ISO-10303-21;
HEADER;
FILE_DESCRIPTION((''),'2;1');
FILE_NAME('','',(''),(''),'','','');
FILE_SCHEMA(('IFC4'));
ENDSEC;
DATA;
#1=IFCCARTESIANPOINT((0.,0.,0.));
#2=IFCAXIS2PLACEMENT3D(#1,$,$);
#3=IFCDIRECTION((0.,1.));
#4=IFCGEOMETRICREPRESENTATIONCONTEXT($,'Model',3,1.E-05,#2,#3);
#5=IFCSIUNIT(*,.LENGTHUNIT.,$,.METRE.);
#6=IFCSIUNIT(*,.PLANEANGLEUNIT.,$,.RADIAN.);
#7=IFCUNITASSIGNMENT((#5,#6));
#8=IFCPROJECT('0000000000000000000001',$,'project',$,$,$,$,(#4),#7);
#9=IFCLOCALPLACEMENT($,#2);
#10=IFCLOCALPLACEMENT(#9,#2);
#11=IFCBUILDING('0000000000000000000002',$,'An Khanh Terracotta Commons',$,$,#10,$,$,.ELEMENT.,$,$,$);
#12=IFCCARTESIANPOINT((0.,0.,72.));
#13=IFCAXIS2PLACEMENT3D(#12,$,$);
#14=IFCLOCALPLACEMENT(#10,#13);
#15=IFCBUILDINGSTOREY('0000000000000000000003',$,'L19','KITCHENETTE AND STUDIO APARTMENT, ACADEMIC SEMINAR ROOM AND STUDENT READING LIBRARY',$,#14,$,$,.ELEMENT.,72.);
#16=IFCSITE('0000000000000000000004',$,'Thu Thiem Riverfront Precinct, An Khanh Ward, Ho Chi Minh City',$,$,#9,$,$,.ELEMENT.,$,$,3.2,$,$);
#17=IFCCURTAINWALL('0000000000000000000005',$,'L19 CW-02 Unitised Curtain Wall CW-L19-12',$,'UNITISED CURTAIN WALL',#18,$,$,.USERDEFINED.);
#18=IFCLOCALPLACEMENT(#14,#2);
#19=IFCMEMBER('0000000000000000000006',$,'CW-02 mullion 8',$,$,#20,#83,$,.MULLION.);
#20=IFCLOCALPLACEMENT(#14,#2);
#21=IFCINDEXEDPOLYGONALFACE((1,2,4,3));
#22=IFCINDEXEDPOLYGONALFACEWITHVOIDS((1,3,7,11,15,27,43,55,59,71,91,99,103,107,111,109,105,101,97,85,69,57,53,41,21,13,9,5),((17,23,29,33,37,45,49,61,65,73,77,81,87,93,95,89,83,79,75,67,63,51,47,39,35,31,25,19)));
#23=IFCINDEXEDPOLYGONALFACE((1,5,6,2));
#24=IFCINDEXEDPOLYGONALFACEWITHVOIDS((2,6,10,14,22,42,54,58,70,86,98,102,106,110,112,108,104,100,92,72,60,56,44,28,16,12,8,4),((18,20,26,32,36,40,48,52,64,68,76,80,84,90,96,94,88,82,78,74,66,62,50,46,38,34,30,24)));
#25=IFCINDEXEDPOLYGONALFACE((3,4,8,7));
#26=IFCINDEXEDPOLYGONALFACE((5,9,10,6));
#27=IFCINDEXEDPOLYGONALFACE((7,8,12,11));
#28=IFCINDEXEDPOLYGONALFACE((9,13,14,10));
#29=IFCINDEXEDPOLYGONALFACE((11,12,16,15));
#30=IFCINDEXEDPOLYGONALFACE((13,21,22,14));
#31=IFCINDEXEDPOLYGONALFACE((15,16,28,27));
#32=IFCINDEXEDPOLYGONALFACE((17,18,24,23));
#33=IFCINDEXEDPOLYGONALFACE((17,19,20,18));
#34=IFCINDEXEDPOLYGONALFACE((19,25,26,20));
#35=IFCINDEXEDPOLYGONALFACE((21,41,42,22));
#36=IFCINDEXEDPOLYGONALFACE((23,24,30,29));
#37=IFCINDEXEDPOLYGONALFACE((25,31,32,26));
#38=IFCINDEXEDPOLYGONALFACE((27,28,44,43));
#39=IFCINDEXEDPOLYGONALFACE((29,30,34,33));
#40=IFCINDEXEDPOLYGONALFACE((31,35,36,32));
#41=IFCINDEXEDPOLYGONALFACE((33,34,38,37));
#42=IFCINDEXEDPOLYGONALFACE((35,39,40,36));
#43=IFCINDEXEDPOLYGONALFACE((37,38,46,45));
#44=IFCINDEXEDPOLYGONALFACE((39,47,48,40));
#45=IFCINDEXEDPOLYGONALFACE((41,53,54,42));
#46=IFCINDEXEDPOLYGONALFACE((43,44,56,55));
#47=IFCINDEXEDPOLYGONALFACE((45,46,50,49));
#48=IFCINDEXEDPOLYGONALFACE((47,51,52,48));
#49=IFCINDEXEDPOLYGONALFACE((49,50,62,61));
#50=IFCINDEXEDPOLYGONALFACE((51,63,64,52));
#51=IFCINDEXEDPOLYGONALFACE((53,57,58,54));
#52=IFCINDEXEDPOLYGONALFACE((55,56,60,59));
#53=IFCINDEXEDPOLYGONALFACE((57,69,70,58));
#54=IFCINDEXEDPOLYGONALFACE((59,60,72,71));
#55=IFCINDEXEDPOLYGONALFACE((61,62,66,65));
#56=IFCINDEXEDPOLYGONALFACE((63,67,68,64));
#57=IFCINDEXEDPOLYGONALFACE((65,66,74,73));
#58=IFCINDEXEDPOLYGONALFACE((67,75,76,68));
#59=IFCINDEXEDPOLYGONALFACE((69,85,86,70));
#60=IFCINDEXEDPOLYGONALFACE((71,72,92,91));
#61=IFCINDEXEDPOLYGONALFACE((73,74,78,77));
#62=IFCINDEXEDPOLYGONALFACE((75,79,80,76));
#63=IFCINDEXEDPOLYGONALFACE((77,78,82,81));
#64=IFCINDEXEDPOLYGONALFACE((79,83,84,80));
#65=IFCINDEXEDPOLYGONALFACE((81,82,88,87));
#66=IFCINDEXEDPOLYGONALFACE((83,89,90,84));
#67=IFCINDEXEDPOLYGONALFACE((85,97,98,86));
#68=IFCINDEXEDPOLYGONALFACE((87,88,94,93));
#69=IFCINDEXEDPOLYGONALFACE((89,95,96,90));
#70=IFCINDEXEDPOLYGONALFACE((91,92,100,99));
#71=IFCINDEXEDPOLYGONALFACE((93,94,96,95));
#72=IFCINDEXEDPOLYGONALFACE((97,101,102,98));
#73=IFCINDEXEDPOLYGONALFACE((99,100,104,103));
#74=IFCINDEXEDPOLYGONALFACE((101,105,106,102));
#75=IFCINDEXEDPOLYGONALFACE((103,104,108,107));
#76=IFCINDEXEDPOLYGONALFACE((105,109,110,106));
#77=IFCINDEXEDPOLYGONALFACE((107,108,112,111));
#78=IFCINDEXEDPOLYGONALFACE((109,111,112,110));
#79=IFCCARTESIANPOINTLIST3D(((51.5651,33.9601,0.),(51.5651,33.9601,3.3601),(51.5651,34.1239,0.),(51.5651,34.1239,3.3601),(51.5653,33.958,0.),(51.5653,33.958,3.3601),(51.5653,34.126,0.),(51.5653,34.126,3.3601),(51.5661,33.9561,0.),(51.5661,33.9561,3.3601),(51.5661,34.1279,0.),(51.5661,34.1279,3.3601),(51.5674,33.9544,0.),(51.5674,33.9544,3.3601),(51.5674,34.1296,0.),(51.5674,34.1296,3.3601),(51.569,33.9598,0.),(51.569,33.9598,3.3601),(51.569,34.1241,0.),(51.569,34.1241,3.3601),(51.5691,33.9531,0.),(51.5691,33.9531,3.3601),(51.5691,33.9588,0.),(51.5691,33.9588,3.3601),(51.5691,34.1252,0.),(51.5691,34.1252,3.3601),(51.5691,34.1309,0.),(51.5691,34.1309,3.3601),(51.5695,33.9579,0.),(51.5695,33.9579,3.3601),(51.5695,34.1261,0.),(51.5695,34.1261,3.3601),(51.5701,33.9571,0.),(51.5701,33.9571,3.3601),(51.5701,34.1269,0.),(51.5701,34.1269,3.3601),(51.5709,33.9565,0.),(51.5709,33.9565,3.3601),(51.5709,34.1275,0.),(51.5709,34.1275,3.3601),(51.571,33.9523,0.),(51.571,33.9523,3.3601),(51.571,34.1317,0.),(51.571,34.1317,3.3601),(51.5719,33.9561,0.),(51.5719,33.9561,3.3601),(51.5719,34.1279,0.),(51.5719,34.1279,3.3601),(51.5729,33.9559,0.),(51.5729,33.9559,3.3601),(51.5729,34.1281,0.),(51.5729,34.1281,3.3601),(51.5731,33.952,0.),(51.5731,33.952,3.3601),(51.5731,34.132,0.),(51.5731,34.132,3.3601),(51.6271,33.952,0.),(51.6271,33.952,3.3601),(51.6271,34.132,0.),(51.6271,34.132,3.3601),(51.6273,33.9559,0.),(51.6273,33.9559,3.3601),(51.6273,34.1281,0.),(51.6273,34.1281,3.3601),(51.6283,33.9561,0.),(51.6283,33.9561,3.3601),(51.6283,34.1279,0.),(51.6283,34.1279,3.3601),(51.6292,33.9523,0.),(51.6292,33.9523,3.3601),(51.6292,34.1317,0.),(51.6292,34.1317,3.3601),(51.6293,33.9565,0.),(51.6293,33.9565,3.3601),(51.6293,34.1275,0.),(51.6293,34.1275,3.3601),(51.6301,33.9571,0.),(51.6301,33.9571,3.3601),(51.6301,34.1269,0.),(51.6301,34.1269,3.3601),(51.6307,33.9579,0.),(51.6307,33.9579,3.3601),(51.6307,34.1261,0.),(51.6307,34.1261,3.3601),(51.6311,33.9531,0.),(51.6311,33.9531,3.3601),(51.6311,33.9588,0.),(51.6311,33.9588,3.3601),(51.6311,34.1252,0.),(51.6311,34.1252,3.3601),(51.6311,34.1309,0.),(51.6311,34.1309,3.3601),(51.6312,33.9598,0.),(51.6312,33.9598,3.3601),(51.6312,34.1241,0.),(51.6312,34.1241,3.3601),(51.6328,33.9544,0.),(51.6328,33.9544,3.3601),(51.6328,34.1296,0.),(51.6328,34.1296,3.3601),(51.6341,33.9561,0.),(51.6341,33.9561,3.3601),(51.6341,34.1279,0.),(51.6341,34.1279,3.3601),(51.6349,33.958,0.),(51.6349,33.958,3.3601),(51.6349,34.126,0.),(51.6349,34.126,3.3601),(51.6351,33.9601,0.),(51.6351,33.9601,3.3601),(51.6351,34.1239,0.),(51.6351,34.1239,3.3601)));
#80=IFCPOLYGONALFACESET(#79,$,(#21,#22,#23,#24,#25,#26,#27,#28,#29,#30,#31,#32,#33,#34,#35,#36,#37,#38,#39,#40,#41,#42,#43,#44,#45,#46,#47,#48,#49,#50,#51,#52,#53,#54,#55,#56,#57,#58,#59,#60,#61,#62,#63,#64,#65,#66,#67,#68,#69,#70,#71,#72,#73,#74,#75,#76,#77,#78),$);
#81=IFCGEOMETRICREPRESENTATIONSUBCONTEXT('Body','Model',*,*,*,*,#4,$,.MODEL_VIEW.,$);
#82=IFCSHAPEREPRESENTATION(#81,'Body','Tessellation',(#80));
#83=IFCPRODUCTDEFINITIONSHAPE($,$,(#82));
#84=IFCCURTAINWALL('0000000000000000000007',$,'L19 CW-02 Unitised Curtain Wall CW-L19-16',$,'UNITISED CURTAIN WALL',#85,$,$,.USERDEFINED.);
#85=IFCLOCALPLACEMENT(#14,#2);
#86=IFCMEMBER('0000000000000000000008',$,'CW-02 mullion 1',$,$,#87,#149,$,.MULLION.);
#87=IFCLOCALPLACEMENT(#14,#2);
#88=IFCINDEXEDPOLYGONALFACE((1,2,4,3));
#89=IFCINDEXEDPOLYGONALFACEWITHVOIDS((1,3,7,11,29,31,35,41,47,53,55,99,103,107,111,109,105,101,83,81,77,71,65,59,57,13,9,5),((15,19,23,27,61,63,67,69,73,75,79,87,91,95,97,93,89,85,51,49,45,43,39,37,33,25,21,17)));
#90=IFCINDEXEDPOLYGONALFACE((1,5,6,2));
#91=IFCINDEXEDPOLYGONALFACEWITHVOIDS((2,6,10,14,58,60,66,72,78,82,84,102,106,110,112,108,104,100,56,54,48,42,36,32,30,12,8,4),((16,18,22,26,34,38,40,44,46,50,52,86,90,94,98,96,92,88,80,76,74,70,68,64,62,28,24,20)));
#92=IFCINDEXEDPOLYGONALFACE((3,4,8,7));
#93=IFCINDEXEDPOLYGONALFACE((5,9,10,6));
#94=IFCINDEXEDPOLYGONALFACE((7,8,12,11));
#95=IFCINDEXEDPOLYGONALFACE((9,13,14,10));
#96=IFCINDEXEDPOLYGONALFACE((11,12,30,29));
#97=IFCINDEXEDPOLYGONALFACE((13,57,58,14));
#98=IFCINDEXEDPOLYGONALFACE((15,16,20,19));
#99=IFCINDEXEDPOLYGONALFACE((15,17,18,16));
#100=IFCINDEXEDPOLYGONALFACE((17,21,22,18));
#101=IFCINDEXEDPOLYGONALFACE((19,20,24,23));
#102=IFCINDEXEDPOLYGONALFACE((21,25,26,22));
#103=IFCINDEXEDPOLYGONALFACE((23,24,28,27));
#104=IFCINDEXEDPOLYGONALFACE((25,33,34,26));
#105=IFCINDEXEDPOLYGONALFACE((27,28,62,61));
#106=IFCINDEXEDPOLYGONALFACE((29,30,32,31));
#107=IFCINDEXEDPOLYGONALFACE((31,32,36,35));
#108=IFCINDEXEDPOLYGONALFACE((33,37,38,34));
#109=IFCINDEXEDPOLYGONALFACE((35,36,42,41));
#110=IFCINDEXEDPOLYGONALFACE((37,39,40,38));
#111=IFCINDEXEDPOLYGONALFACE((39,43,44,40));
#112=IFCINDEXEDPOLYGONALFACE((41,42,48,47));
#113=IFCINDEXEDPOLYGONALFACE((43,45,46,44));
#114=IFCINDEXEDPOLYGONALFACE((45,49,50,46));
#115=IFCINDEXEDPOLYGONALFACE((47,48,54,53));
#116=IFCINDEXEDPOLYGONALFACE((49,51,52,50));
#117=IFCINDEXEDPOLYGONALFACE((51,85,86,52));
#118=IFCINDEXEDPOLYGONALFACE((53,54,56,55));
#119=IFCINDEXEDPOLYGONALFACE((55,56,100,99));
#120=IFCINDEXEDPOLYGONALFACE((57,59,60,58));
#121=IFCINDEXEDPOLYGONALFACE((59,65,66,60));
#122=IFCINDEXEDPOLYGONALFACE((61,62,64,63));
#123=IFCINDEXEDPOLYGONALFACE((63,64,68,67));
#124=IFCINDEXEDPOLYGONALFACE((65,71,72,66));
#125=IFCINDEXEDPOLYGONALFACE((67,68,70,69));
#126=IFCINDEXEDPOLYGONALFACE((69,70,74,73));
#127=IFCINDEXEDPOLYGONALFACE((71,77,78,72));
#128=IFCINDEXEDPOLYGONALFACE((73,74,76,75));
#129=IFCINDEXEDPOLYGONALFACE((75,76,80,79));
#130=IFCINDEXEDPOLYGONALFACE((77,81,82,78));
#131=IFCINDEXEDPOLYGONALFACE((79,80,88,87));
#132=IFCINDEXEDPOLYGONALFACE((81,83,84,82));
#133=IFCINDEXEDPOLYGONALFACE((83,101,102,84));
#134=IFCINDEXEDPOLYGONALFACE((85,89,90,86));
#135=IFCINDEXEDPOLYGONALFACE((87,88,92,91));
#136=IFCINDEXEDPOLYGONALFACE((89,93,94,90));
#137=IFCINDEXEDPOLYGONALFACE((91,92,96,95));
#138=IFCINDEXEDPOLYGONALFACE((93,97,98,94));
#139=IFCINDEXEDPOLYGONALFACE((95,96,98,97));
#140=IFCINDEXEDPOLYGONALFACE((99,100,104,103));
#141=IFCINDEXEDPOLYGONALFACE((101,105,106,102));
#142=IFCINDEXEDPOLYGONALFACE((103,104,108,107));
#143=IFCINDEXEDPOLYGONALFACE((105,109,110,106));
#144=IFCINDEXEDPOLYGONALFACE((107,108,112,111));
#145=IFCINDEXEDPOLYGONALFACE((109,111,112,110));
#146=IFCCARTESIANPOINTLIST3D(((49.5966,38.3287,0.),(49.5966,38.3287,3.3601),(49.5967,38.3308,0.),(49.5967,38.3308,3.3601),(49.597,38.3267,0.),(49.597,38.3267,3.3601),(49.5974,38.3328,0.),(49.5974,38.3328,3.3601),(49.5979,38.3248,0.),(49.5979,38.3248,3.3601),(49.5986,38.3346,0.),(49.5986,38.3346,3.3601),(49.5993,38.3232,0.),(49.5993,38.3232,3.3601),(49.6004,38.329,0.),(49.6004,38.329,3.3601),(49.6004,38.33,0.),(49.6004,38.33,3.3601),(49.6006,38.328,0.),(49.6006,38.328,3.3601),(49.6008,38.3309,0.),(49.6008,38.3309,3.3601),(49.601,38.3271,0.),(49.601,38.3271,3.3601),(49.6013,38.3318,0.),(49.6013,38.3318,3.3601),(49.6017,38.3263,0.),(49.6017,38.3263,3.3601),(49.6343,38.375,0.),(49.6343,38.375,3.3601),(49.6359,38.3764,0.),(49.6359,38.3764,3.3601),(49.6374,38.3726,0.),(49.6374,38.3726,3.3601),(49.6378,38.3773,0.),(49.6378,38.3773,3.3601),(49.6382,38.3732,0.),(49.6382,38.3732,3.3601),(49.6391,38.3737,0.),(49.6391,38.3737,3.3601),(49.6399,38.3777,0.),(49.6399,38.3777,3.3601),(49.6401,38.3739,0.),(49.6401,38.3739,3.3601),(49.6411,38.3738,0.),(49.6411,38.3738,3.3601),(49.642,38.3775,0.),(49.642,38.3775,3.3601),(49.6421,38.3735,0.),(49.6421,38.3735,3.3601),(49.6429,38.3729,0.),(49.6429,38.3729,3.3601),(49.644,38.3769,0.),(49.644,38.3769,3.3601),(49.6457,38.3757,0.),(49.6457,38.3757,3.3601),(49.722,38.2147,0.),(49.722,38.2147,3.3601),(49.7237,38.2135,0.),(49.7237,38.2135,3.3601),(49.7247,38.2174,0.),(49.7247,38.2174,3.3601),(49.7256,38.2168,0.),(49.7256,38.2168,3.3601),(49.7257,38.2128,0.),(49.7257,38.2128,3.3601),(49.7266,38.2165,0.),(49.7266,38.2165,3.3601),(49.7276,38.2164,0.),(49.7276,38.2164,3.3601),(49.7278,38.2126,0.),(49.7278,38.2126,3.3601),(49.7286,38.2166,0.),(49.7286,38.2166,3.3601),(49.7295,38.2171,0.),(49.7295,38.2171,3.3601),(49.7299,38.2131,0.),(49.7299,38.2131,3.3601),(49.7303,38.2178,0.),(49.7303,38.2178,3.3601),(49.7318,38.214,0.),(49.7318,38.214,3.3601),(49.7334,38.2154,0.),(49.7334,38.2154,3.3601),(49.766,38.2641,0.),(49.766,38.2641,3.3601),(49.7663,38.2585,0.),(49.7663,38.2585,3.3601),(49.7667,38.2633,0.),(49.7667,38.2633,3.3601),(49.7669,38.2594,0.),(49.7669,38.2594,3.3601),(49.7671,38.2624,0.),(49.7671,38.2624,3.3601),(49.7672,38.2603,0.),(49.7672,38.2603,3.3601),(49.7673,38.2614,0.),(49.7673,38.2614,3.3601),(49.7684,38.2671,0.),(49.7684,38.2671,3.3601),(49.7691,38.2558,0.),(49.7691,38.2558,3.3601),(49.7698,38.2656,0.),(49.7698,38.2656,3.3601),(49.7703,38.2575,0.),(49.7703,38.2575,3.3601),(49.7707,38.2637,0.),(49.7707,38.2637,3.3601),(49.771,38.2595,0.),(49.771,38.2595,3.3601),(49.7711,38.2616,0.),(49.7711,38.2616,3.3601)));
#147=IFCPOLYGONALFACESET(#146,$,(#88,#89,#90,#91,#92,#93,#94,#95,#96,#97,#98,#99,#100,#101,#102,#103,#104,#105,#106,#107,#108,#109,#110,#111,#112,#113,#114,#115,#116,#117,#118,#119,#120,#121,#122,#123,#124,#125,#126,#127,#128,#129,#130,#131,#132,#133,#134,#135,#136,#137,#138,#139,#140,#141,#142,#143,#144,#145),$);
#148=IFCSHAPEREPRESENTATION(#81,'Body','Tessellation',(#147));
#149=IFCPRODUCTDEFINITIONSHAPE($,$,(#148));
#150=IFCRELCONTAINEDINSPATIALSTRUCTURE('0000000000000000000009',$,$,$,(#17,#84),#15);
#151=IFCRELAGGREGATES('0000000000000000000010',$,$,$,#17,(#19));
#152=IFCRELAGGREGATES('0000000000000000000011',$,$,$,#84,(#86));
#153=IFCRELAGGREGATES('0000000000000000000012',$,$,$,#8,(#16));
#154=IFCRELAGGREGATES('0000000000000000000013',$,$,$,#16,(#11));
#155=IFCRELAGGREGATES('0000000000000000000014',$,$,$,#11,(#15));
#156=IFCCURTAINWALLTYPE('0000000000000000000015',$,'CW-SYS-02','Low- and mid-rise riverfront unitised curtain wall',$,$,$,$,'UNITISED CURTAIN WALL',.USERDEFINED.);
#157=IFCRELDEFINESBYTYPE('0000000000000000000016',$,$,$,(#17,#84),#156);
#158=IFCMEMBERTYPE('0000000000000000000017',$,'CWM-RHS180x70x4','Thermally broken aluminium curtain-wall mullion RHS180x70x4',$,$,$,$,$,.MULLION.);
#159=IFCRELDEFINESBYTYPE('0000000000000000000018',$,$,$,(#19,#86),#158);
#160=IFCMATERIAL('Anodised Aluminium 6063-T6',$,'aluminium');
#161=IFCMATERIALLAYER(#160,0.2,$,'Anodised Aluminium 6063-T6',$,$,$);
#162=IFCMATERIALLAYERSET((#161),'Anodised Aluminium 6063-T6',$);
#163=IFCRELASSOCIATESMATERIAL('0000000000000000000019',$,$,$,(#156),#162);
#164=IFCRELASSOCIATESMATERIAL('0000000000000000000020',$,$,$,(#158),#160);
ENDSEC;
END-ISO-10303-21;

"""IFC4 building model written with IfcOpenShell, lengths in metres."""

from ifc_helpers import new_model, si_unit, direction, frame, origin, origin_2d, place, context, subcontext, project, spatial, hollow_rectangle, extrude, material, layer, layer_set, material_profile, profile_set, type_object, element, aggregate, save


model = new_model("IFC4")

# Units and contexts
model_context = context("Model", 3, precision=1e-05, world=origin(), true_north=direction((0.0, 1.0)))
body_context = subcontext(model_context, "Body", "Model", "MODEL_VIEW")
ifc_project = project(units=[si_unit("LENGTHUNIT", "METRE"), si_unit("PLANEANGLEUNIT", "RADIAN")], contexts=[model_context])

# Site, building, storey
site_placement = place(None, origin())
site = spatial("IfcSite", under=ifc_project, at=site_placement, Name="Thu Thiem Riverfront Precinct, An Khanh Ward, Ho Chi Minh City", CompositionType="ELEMENT", RefElevation=3.2)
building_placement = place(site_placement, origin())
building = spatial("IfcBuilding", under=site, at=building_placement, Name="An Khanh Terracotta Commons", CompositionType="ELEMENT")
storey_placement = place(building_placement, frame((0.0, 0.0, 72.0)))
storey = spatial("IfcBuildingStorey", under=building, at=storey_placement, Name="L19", Description="KITCHENETTE AND STUDIO APARTMENT, ACADEMIC SEMINAR ROOM AND STUDENT READING LIBRARY", CompositionType="ELEMENT", Elevation=72.0)

# Curtain wall, member
ifc_material_1 = material(Name="Anodised Aluminium 6063-T6", Category="aluminium")
ifc_layer_1 = layer(ifc_material_1, 0.2, Name="Anodised Aluminium 6063-T6")
ifc_layer_set_1 = layer_set([ifc_layer_1], Name="Anodised Aluminium 6063-T6")
curtain_wall_type = type_object("IfcCurtainWallType", Name="CW-SYS-02", Description="Low- and mid-rise riverfront unitised curtain wall", ElementType="UNITISED CURTAIN WALL", PredefinedType="USERDEFINED", material=ifc_layer_set_1)
curtain_wall_1_placement = place(storey_placement, origin())
curtain_wall_1 = element("IfcCurtainWall", 1, at=curtain_wall_1_placement, inside=storey, type_object=curtain_wall_type, Name="L19 CW-02 Unitised Curtain Wall CW-L19-12", ObjectType="UNITISED CURTAIN WALL", PredefinedType="USERDEFINED")
ifc_material_profile_1 = material_profile(ifc_material_1, hollow_rectangle(XDim=0.0701, YDim=0.1799, WallThickness=0.0039, InnerFilletRadius=0.0039, OuterFilletRadius=0.0081, at=origin_2d()), Name="RHS180x70x4")
ifc_profile_set_1 = profile_set([ifc_material_profile_1], Name="Anodised Aluminium 6063-T6")
member_type_1 = type_object("IfcMemberType", Name="CWM-RHS180x70x4", Description="Thermally broken aluminium curtain-wall mullion RHS180x70x4", PredefinedType="MULLION", material=ifc_profile_set_1)
member_1_placement = place(storey_placement, frame((51.6001, 34.042, 0.0), z_axis=(0.0, 0.0, 1.0), x_axis=(-1.0, 0.0, 0.0)))
member_1 = element("IfcMember", 2, at=member_1_placement, type_object=member_type_1, Name="CW-02 mullion 8", PredefinedType="MULLION", context=body_context, shape_type="SweptSolid", body=[
    extrude(hollow_rectangle(XDim=0.0701, YDim=0.1799, WallThickness=0.0039, InnerFilletRadius=0.0039, OuterFilletRadius=0.0081, at=origin_2d()), origin(), (0.0, 0.0, 1.0), 3.3601),
])
aggregate(curtain_wall_1, [member_1])

# Curtain wall, member
curtain_wall_2_placement = place(storey_placement, origin())
curtain_wall_2 = element("IfcCurtainWall", 3, at=curtain_wall_2_placement, inside=storey, type_object=curtain_wall_type, Name="L19 CW-02 Unitised Curtain Wall CW-L19-16", ObjectType="UNITISED CURTAIN WALL", PredefinedType="USERDEFINED")
member_2_placement = place(storey_placement, frame((49.6838, 38.2952, 0.0), z_axis=(0.0, 0.0, 1.0), x_axis=(-0.662548, -0.749019, 0.0)))
member_2 = element("IfcMember", 4, at=member_2_placement, type_object=member_type_1, Name="CW-02 mullion 1", PredefinedType="MULLION", context=body_context, shape_type="SweptSolid", body=[
    extrude(hollow_rectangle(XDim=0.0701, YDim=0.1799, WallThickness=0.0039, InnerFilletRadius=0.0039, OuterFilletRadius=0.0081, at=origin_2d()), origin(), (0.0, 0.0, 1.0), 3.3601),
])
aggregate(curtain_wall_2, [member_2])

save(model, "model.ifc")
